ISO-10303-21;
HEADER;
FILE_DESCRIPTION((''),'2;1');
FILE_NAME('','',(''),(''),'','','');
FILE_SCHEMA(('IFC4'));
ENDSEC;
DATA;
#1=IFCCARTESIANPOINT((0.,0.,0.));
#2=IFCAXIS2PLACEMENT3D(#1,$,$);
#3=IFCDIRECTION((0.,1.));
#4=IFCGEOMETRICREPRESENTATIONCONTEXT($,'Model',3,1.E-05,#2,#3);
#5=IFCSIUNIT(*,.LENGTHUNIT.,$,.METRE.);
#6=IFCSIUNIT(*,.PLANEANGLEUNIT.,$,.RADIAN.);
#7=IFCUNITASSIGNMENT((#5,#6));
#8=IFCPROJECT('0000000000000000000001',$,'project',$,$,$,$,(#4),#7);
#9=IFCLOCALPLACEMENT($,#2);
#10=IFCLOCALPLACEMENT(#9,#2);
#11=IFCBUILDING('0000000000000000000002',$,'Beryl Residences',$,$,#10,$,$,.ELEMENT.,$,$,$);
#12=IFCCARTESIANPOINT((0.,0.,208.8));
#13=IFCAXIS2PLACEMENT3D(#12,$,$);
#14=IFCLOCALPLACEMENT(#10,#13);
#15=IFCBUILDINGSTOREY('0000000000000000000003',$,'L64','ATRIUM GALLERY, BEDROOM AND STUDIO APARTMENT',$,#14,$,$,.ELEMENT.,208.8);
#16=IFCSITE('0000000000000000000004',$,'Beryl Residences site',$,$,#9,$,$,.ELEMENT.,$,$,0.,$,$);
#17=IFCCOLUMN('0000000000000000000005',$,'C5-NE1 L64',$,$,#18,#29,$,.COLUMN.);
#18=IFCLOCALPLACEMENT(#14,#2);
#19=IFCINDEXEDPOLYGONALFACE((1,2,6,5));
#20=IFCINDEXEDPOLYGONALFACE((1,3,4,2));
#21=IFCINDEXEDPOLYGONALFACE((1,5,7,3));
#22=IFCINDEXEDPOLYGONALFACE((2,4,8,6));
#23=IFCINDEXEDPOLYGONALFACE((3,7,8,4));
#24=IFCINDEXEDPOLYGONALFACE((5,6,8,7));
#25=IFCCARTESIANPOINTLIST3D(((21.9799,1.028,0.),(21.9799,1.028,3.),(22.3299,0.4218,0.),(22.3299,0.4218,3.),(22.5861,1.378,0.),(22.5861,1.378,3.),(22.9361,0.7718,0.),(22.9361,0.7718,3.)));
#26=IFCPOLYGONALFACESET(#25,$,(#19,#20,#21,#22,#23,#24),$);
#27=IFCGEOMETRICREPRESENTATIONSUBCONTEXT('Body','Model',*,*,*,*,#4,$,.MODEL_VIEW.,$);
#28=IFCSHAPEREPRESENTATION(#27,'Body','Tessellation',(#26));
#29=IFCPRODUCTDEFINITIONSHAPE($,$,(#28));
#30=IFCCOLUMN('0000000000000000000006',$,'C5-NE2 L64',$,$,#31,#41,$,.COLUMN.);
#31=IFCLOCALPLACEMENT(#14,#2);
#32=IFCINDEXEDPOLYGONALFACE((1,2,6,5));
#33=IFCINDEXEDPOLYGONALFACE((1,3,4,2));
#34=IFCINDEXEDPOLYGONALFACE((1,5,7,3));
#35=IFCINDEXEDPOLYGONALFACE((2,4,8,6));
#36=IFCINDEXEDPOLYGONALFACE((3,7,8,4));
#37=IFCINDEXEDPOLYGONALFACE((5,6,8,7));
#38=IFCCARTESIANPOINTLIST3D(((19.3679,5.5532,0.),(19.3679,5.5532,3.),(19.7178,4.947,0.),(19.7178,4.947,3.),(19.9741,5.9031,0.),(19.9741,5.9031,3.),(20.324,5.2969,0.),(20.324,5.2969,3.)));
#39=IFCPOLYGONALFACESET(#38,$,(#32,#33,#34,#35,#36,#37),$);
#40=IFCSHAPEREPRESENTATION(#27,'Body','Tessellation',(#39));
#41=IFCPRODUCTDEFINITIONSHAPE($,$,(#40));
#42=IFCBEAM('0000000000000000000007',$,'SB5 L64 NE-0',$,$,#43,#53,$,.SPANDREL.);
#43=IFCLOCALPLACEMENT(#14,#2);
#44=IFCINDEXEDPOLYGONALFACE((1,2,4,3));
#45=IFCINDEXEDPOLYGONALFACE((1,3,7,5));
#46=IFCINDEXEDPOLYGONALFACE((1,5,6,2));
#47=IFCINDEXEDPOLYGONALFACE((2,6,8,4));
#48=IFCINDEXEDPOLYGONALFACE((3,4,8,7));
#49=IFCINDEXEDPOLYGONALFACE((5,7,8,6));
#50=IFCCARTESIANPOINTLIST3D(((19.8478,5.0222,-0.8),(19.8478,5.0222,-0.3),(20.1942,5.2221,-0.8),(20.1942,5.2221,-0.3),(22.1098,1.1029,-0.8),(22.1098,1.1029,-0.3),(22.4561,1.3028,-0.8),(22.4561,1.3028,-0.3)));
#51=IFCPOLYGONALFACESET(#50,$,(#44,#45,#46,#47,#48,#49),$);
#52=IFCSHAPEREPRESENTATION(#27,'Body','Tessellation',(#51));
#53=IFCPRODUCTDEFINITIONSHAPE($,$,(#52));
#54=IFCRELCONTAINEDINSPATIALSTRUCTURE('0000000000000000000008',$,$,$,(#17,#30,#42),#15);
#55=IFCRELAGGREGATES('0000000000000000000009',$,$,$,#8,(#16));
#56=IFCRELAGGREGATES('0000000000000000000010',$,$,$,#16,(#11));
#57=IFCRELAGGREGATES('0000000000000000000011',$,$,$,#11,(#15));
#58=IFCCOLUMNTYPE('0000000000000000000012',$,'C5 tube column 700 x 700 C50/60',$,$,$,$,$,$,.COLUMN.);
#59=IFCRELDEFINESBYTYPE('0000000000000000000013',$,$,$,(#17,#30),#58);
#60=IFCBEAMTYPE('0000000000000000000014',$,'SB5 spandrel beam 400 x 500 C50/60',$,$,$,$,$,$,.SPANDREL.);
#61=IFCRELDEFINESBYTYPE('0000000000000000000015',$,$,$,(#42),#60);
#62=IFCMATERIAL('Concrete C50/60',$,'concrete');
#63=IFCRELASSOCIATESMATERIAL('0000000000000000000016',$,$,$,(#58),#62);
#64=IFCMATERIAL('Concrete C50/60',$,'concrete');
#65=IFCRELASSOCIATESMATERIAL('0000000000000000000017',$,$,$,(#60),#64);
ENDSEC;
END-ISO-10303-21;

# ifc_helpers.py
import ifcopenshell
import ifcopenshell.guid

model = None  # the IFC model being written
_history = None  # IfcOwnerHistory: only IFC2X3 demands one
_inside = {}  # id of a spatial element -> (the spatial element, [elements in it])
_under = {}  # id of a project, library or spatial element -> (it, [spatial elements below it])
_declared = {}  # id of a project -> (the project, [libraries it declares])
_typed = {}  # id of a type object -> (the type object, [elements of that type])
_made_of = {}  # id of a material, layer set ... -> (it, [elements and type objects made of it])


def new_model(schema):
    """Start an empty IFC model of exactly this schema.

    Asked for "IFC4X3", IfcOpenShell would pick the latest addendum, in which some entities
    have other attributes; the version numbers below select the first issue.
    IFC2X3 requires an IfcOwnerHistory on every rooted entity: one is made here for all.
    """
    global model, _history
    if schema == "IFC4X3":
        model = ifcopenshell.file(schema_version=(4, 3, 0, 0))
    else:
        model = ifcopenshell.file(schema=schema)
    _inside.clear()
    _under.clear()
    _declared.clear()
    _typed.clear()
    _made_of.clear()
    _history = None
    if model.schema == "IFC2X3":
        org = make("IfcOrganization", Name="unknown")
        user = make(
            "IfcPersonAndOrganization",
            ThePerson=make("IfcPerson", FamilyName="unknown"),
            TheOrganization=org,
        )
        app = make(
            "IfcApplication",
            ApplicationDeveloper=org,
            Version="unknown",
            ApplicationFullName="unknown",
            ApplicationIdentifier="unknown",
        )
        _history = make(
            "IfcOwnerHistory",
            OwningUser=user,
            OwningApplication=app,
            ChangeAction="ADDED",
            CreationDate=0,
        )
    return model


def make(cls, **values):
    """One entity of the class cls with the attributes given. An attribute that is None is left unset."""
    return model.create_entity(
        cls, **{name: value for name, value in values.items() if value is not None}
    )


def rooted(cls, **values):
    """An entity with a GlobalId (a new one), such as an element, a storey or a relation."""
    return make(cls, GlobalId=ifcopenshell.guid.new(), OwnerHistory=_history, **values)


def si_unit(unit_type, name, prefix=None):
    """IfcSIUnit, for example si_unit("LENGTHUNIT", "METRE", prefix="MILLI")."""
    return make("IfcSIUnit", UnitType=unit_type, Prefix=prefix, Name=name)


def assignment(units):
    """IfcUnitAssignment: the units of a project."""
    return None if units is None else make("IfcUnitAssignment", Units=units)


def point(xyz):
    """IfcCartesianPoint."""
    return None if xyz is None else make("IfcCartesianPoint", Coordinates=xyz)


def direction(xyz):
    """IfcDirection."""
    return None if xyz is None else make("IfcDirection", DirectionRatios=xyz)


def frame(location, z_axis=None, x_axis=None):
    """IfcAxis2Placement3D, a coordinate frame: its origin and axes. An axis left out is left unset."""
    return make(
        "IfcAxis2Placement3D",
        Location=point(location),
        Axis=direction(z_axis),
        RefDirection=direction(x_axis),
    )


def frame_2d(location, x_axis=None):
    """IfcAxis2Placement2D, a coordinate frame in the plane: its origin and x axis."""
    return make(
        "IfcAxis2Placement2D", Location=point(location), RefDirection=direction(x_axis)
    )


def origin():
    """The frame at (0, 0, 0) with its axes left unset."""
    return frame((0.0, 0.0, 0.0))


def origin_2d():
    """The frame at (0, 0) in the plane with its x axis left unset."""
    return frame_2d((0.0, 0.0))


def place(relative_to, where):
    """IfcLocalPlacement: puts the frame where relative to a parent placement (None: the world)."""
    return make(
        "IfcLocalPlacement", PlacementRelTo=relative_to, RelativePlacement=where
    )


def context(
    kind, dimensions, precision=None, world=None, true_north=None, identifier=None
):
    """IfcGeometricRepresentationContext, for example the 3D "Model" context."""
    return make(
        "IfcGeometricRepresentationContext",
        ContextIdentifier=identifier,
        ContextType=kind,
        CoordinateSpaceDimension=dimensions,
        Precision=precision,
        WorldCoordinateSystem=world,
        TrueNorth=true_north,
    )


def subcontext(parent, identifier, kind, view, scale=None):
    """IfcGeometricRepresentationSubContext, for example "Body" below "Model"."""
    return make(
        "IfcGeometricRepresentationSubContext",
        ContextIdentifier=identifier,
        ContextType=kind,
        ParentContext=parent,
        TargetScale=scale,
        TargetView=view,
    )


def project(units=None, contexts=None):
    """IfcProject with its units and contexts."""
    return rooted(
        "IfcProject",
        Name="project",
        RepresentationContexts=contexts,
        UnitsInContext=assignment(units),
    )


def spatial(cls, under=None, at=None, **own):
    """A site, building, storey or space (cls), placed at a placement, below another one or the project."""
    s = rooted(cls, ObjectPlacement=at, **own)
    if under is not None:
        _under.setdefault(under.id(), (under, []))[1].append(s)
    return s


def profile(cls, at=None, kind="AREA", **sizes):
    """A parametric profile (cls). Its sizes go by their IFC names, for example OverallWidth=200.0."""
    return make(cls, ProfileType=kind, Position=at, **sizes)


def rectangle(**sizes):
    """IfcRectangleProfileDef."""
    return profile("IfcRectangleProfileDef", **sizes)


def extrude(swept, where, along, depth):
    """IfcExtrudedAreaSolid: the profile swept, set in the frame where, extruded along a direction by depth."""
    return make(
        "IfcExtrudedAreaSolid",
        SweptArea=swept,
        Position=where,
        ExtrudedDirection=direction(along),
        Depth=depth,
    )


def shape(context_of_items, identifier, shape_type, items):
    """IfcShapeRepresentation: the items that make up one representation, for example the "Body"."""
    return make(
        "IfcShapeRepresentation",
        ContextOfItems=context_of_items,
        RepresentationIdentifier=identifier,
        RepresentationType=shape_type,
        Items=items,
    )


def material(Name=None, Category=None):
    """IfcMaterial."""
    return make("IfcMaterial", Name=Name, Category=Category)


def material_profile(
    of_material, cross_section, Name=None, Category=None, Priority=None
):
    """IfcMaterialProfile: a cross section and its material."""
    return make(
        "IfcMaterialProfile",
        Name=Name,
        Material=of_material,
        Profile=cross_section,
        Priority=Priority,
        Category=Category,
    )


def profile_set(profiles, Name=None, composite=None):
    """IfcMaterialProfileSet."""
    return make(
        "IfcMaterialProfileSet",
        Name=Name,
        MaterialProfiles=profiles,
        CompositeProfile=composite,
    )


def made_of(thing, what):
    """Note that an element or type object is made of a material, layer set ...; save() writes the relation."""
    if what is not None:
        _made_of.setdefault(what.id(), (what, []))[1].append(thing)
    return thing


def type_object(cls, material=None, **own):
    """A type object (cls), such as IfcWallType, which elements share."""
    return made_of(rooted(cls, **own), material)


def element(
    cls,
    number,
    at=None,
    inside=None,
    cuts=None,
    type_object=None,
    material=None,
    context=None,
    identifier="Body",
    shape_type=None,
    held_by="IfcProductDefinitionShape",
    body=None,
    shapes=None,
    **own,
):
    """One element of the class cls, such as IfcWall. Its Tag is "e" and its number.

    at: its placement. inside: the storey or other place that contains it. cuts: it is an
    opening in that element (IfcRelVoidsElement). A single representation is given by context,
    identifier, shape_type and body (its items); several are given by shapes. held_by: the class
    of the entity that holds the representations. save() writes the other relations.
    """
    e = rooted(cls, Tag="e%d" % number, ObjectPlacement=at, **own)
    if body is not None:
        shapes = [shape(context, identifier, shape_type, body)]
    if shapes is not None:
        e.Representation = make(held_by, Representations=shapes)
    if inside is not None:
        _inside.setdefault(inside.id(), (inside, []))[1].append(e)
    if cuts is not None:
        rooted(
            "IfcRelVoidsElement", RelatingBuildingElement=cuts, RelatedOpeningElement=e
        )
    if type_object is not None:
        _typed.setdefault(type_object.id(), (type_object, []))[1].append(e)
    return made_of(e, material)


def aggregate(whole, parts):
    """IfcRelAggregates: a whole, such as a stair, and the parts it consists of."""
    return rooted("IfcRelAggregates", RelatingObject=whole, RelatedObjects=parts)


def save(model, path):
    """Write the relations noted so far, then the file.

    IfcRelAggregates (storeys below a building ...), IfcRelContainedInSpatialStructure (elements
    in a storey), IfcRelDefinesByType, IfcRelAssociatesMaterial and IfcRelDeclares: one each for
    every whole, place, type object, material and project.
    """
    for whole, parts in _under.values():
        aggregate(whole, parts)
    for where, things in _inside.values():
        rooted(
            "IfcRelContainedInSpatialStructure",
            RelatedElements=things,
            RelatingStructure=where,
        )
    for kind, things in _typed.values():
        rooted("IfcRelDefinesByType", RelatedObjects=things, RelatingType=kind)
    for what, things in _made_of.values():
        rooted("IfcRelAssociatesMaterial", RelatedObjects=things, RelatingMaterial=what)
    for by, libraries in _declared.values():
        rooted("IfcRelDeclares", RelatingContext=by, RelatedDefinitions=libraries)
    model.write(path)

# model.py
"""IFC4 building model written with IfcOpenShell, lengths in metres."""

from ifc_helpers import new_model, si_unit, direction, frame, origin, origin_2d, place, context, subcontext, project, spatial, rectangle, extrude, material, material_profile, profile_set, type_object, element, save


model = new_model("IFC4")

# Units and contexts
model_context = context("Model", 3, precision=1e-05, world=origin(), true_north=direction((0.0, 1.0)))
body_context = subcontext(model_context, "Body", "Model", "MODEL_VIEW")
ifc_project = project(units=[si_unit("LENGTHUNIT", "METRE"), si_unit("PLANEANGLEUNIT", "RADIAN")], contexts=[model_context])

# Site, building, storey
site_placement = place(None, origin())
site = spatial("IfcSite", under=ifc_project, at=site_placement, Name="Beryl Residences site", CompositionType="ELEMENT", RefElevation=0.0)
building_placement = place(site_placement, origin())
building = spatial("IfcBuilding", under=site, at=building_placement, Name="Beryl Residences", CompositionType="ELEMENT")
storey_placement = place(building_placement, frame((0.0, 0.0, 208.8)))
storey = spatial("IfcBuildingStorey", under=building, at=storey_placement, Name="L64", Description="ATRIUM GALLERY, BEDROOM AND STUDIO APARTMENT", CompositionType="ELEMENT", Elevation=208.8)

# Columns
ifc_material_1 = material(Name="Concrete C50/60", Category="concrete")
ifc_material_profile_1 = material_profile(ifc_material_1, rectangle(XDim=0.7, YDim=0.7, at=origin_2d()))
ifc_profile_set_1 = profile_set([ifc_material_profile_1], Name="Concrete C50/60")
column_type = type_object("IfcColumnType", Name="C5 tube column 700 x 700 C50/60", PredefinedType="COLUMN", material=ifc_profile_set_1)
for number, where, z_axis, x_axis, name in (
    (1, (22.458, 0.8999, 0.0), (0.0, 0.0, 1.0), (-0.49997, 0.866043, 0.0), "C5-NE1 L64"),
    (2, (19.8459, 5.425, 0.0), (0.0, 0.0, 1.0), (-0.49997, 0.866043, 0.0), "C5-NE2 L64"),
):
    element("IfcColumn", number, at=place(storey_placement, frame(where, z_axis=z_axis, x_axis=x_axis)), inside=storey, type_object=column_type, Name=name, PredefinedType="COLUMN", context=body_context, shape_type="SweptSolid", body=[
        extrude(rectangle(XDim=0.7, YDim=0.7, at=origin_2d()), origin(), (0.0, 0.0, 1.0), 3.0),
    ])

# Beam
ifc_material_2 = material(Name="Concrete C50/60", Category="concrete")
ifc_material_profile_2 = material_profile(ifc_material_2, rectangle(XDim=0.3999, YDim=0.5, at=origin_2d()))
ifc_profile_set_2 = profile_set([ifc_material_profile_2], Name="Concrete C50/60")
beam_type = type_object("IfcBeamType", Name="SB5 spandrel beam 400 x 500 C50/60", PredefinedType="SPANDREL", material=ifc_profile_set_2)
beam_placement = place(storey_placement, frame((22.283, 1.2029, -0.55), z_axis=(-0.49987, 0.8661, 0.0), x_axis=(-0.8661, -0.49987, 0.0)))
element("IfcBeam", 3, at=beam_placement, inside=storey, type_object=beam_type, Name="SB5 L64 NE-0", PredefinedType="SPANDREL", context=body_context, shape_type="SweptSolid", body=[
    extrude(rectangle(XDim=0.3999, YDim=0.5, at=origin_2d()), origin(), (0.0, 0.0, 1.0), 4.5251),
])

save(model, "model.ifc")
